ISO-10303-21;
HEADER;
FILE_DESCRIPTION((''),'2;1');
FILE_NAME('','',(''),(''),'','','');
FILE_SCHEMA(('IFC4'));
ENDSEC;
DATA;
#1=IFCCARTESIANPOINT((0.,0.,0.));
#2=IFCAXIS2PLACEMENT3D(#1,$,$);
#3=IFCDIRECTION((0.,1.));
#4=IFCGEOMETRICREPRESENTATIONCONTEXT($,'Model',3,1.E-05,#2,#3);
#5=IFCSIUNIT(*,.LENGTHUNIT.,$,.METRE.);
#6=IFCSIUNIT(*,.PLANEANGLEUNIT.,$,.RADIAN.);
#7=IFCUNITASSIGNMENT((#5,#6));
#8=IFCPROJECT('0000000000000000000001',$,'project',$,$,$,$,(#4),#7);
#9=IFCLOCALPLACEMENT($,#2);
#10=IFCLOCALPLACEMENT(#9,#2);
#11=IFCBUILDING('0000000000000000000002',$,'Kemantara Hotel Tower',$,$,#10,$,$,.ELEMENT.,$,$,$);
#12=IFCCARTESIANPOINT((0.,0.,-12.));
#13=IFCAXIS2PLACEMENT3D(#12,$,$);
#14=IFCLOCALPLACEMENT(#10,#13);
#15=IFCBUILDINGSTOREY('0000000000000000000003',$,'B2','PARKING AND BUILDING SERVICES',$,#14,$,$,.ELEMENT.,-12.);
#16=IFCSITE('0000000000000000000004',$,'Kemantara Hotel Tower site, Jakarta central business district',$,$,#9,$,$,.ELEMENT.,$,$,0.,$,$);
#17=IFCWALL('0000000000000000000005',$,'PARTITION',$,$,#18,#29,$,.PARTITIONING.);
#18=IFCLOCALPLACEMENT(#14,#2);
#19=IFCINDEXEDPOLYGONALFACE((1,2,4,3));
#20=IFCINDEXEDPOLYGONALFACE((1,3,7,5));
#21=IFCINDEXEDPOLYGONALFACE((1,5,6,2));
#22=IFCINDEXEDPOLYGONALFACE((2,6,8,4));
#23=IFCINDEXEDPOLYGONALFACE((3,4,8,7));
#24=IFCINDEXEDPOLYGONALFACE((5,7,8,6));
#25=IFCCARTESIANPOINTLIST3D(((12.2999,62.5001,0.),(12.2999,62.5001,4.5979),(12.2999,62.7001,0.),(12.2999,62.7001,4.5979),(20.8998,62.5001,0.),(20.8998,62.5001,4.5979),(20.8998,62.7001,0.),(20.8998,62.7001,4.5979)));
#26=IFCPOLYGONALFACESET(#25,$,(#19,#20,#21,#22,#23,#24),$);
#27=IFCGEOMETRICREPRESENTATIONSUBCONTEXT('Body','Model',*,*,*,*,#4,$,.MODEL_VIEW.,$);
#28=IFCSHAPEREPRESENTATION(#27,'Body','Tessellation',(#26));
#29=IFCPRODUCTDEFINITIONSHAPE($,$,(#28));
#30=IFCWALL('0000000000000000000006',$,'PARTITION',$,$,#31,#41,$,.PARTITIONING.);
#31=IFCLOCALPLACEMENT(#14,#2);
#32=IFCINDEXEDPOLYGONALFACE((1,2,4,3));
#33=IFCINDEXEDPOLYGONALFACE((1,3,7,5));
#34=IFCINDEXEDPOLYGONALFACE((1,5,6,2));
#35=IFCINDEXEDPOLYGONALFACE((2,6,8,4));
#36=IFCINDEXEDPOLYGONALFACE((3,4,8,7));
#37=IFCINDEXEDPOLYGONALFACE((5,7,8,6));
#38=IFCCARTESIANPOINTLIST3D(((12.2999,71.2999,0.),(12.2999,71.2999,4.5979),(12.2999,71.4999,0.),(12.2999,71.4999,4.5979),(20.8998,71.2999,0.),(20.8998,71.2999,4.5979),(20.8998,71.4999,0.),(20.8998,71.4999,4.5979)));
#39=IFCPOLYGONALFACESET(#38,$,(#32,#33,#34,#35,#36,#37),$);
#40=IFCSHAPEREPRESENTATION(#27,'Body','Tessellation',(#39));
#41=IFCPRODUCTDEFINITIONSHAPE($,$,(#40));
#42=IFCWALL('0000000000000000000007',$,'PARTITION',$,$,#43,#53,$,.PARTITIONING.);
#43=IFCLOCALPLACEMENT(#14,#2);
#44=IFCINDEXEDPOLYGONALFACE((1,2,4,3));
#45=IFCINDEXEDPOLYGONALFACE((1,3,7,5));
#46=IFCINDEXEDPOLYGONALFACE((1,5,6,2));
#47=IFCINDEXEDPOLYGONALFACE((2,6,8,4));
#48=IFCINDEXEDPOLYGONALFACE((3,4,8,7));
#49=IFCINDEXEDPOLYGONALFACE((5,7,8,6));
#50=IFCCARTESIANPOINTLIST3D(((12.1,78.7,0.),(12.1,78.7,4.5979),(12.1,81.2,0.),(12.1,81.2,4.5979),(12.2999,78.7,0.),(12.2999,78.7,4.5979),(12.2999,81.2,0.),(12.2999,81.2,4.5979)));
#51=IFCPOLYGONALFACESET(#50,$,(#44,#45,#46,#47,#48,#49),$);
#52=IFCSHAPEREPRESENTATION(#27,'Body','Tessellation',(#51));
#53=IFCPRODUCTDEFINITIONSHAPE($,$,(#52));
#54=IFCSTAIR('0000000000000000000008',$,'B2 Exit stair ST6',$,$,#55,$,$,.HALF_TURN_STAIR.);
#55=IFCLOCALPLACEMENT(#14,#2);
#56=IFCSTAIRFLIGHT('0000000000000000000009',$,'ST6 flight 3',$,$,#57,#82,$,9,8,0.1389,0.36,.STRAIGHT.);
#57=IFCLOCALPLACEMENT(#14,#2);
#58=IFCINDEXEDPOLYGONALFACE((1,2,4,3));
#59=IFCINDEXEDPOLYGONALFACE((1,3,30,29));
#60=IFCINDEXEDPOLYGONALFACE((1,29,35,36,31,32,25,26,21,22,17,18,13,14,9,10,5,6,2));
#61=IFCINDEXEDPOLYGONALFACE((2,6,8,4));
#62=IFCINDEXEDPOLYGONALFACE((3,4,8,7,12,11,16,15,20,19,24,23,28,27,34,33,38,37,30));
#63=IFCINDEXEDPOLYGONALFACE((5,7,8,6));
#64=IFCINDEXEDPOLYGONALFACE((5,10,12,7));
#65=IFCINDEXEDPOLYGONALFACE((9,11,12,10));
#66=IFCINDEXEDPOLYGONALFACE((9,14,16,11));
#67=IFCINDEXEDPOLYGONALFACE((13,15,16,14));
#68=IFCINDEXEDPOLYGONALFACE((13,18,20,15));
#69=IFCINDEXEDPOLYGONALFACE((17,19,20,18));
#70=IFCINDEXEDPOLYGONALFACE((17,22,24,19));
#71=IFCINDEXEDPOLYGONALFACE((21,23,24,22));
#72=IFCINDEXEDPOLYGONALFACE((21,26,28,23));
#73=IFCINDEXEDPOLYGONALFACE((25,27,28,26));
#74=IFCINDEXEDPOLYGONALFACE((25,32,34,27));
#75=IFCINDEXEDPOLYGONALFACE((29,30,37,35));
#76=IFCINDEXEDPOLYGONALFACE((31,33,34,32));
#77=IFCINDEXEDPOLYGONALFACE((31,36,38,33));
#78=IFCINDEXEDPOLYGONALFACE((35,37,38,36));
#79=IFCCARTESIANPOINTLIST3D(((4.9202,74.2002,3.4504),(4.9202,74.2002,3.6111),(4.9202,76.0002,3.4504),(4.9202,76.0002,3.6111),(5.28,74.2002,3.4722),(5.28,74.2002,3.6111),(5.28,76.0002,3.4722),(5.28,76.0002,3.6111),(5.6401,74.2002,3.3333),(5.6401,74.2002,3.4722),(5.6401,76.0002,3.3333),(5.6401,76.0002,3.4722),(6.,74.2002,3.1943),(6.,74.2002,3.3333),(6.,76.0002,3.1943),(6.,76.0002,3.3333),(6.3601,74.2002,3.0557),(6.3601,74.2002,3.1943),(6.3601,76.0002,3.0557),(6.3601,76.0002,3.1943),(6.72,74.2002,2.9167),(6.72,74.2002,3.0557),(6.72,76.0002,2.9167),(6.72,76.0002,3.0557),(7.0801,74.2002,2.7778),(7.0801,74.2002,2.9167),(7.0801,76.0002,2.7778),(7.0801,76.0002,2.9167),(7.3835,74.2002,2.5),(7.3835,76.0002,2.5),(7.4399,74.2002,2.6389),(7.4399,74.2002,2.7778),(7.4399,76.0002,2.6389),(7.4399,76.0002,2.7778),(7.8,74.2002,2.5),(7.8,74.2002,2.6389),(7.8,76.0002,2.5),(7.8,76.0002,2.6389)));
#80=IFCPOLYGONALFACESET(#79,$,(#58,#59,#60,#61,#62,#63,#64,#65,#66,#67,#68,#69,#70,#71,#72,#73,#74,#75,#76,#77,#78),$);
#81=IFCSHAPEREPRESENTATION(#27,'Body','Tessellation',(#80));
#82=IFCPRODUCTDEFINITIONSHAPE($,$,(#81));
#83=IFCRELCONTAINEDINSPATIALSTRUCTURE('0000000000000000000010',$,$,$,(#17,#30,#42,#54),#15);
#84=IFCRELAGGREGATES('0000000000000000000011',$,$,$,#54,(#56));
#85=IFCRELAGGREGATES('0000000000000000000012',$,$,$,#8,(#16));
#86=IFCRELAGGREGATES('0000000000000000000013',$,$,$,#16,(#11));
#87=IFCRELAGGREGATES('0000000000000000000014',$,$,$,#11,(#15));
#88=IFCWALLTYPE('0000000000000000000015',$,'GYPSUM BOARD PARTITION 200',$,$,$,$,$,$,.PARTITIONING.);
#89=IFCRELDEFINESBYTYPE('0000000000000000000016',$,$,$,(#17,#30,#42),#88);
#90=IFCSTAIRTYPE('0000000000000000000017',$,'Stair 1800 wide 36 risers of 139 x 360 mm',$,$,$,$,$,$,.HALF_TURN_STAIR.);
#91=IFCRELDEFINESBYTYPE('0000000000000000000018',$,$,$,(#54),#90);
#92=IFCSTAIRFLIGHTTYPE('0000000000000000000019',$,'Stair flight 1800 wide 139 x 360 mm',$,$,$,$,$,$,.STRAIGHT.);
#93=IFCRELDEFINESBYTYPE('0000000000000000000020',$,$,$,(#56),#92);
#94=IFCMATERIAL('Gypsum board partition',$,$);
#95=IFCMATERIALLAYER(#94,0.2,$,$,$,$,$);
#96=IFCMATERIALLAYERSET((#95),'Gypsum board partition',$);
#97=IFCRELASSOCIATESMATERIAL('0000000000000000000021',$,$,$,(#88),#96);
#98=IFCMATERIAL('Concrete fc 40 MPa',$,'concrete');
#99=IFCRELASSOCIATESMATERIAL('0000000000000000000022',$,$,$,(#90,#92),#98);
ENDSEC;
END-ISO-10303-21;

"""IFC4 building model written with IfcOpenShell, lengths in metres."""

from ifc_helpers import new_model, si_unit, direction, frame, frame_2d, origin, place, context, subcontext, project, spatial, polyline, rectangle, outline, extrude, material, layer, layer_set, type_object, element, aggregate, save


model = new_model("IFC4")

# Units and contexts
model_context = context("Model", 3, precision=1e-05, world=origin(), true_north=direction((0.0, 1.0)))
body_context = subcontext(model_context, "Body", "Model", "MODEL_VIEW")
ifc_project = project(units=[si_unit("LENGTHUNIT", "METRE"), si_unit("PLANEANGLEUNIT", "RADIAN")], contexts=[model_context])

# Site, building, storey
site_placement = place(None, origin())
site = spatial("IfcSite", under=ifc_project, at=site_placement, Name="Kemantara Hotel Tower site, Jakarta central business district", CompositionType="ELEMENT", RefElevation=0.0)
building_placement = place(site_placement, origin())
building = spatial("IfcBuilding", under=site, at=building_placement, Name="Kemantara Hotel Tower", CompositionType="ELEMENT")
storey_placement = place(building_placement, frame((0.0, 0.0, -12.0)))
storey = spatial("IfcBuildingStorey", under=building, at=storey_placement, Name="B2", Description="PARKING AND BUILDING SERVICES", CompositionType="ELEMENT", Elevation=-12.0)

# Shared definitions
ifc_material_1 = material(Name="Concrete fc 40 MPa", Category="concrete")

# Walls
ifc_material_2 = material(Name="Gypsum board partition")
ifc_layer_1 = layer(ifc_material_2, 0.2)
ifc_layer_set_1 = layer_set([ifc_layer_1], Name="Gypsum board partition")
wall_type_1 = type_object("IfcWallType", Name="GYPSUM BOARD PARTITION 200", PredefinedType="PARTITIONING", material=ifc_layer_set_1)
for number, where, z_axis, x_axis, name in (
    (1, (12.3, 62.6001, 0.0), (0.0, 0.0, 1.0), (1.0, 0.0, 0.0), "PARTITION"),
    (2, (12.3, 71.3999, 0.0), (0.0, 0.0, 1.0), (1.0, 0.0, 0.0), "PARTITION"),
):
    element("IfcWall", number, at=place(storey_placement, frame(where, z_axis=z_axis, x_axis=x_axis)), inside=storey, type_object=wall_type_1, Name=name, PredefinedType="PARTITIONING", context=body_context, shape_type="SweptSolid", body=[
        extrude(rectangle(XDim=8.5999, YDim=0.2, at=frame_2d((4.2998, 0.0))), origin(), (0.0, 0.0, 1.0), 4.5979),
    ])
wall_1_placement = place(storey_placement, frame((12.2, 78.7, 0.0), z_axis=(0.0, 0.0, 1.0), x_axis=(0.0, 1.0, 0.0)))
element("IfcWall", 3, at=wall_1_placement, inside=storey, type_object=wall_type_1, Name="PARTITION", PredefinedType="PARTITIONING", context=body_context, shape_type="SweptSolid", body=[
    extrude(rectangle(XDim=2.5, YDim=0.2, at=frame_2d((1.25, 0.0))), origin(), (0.0, 0.0, 1.0), 4.5979),
])

# Stair, stair flight
stair_type = type_object("IfcStairType", Name="Stair 1800 wide 36 risers of 139 x 360 mm", PredefinedType="HALF_TURN_STAIR", material=ifc_material_1)
stair_placement = place(storey_placement, origin())
stair = element("IfcStair", 4, at=stair_placement, inside=storey, type_object=stair_type, Name="B2 Exit stair ST6", PredefinedType="HALF_TURN_STAIR")
stair_flight_type = type_object("IfcStairFlightType", Name="Stair flight 1800 wide 139 x 360 mm", PredefinedType="STRAIGHT", material=ifc_material_1)
stair_flight_placement = place(storey_placement, frame((7.8, 75.1001, 2.5), z_axis=(0.0, 0.0, 1.0), x_axis=(-1.0, 0.0, 0.0)))
stair_flight = element("IfcStairFlight", 5, at=stair_flight_placement, type_object=stair_flight_type, Name="ST6 flight 3", NumberOfRisers=9, NumberOfTreads=8, PredefinedType="STRAIGHT", RiserHeight=0.1389, TreadLength=0.36, context=body_context, shape_type="SweptSolid", body=[
    extrude(outline(polyline([(0.0, 0.0), (0.0, 0.1389), (0.3601, 0.1389), (0.3601, 0.2778), (0.72, 0.2778), (0.72, 0.4167), (1.0801, 0.4167), (1.0801, 0.5557), (1.4399, 0.5557), (1.4399, 0.6943), (1.8, 0.6943), (1.8, 0.8333), (2.1599, 0.8333), (2.1599, 0.9722), (2.52, 0.9722), (2.52, 1.1111), (2.8799, 1.1111), (2.8799, 1.25), (2.8799, 0.9504), (0.4165, 0.0), (0.0, 0.0)])), frame((0.0, 0.8999, 0.0), z_axis=(0.0, -1.0, 0.0), x_axis=(1.0, 0.0, 0.0)), (0.0, 0.0, 1.0), 1.8),
])
aggregate(stair, [stair_flight])

save(model, "model.ifc")
